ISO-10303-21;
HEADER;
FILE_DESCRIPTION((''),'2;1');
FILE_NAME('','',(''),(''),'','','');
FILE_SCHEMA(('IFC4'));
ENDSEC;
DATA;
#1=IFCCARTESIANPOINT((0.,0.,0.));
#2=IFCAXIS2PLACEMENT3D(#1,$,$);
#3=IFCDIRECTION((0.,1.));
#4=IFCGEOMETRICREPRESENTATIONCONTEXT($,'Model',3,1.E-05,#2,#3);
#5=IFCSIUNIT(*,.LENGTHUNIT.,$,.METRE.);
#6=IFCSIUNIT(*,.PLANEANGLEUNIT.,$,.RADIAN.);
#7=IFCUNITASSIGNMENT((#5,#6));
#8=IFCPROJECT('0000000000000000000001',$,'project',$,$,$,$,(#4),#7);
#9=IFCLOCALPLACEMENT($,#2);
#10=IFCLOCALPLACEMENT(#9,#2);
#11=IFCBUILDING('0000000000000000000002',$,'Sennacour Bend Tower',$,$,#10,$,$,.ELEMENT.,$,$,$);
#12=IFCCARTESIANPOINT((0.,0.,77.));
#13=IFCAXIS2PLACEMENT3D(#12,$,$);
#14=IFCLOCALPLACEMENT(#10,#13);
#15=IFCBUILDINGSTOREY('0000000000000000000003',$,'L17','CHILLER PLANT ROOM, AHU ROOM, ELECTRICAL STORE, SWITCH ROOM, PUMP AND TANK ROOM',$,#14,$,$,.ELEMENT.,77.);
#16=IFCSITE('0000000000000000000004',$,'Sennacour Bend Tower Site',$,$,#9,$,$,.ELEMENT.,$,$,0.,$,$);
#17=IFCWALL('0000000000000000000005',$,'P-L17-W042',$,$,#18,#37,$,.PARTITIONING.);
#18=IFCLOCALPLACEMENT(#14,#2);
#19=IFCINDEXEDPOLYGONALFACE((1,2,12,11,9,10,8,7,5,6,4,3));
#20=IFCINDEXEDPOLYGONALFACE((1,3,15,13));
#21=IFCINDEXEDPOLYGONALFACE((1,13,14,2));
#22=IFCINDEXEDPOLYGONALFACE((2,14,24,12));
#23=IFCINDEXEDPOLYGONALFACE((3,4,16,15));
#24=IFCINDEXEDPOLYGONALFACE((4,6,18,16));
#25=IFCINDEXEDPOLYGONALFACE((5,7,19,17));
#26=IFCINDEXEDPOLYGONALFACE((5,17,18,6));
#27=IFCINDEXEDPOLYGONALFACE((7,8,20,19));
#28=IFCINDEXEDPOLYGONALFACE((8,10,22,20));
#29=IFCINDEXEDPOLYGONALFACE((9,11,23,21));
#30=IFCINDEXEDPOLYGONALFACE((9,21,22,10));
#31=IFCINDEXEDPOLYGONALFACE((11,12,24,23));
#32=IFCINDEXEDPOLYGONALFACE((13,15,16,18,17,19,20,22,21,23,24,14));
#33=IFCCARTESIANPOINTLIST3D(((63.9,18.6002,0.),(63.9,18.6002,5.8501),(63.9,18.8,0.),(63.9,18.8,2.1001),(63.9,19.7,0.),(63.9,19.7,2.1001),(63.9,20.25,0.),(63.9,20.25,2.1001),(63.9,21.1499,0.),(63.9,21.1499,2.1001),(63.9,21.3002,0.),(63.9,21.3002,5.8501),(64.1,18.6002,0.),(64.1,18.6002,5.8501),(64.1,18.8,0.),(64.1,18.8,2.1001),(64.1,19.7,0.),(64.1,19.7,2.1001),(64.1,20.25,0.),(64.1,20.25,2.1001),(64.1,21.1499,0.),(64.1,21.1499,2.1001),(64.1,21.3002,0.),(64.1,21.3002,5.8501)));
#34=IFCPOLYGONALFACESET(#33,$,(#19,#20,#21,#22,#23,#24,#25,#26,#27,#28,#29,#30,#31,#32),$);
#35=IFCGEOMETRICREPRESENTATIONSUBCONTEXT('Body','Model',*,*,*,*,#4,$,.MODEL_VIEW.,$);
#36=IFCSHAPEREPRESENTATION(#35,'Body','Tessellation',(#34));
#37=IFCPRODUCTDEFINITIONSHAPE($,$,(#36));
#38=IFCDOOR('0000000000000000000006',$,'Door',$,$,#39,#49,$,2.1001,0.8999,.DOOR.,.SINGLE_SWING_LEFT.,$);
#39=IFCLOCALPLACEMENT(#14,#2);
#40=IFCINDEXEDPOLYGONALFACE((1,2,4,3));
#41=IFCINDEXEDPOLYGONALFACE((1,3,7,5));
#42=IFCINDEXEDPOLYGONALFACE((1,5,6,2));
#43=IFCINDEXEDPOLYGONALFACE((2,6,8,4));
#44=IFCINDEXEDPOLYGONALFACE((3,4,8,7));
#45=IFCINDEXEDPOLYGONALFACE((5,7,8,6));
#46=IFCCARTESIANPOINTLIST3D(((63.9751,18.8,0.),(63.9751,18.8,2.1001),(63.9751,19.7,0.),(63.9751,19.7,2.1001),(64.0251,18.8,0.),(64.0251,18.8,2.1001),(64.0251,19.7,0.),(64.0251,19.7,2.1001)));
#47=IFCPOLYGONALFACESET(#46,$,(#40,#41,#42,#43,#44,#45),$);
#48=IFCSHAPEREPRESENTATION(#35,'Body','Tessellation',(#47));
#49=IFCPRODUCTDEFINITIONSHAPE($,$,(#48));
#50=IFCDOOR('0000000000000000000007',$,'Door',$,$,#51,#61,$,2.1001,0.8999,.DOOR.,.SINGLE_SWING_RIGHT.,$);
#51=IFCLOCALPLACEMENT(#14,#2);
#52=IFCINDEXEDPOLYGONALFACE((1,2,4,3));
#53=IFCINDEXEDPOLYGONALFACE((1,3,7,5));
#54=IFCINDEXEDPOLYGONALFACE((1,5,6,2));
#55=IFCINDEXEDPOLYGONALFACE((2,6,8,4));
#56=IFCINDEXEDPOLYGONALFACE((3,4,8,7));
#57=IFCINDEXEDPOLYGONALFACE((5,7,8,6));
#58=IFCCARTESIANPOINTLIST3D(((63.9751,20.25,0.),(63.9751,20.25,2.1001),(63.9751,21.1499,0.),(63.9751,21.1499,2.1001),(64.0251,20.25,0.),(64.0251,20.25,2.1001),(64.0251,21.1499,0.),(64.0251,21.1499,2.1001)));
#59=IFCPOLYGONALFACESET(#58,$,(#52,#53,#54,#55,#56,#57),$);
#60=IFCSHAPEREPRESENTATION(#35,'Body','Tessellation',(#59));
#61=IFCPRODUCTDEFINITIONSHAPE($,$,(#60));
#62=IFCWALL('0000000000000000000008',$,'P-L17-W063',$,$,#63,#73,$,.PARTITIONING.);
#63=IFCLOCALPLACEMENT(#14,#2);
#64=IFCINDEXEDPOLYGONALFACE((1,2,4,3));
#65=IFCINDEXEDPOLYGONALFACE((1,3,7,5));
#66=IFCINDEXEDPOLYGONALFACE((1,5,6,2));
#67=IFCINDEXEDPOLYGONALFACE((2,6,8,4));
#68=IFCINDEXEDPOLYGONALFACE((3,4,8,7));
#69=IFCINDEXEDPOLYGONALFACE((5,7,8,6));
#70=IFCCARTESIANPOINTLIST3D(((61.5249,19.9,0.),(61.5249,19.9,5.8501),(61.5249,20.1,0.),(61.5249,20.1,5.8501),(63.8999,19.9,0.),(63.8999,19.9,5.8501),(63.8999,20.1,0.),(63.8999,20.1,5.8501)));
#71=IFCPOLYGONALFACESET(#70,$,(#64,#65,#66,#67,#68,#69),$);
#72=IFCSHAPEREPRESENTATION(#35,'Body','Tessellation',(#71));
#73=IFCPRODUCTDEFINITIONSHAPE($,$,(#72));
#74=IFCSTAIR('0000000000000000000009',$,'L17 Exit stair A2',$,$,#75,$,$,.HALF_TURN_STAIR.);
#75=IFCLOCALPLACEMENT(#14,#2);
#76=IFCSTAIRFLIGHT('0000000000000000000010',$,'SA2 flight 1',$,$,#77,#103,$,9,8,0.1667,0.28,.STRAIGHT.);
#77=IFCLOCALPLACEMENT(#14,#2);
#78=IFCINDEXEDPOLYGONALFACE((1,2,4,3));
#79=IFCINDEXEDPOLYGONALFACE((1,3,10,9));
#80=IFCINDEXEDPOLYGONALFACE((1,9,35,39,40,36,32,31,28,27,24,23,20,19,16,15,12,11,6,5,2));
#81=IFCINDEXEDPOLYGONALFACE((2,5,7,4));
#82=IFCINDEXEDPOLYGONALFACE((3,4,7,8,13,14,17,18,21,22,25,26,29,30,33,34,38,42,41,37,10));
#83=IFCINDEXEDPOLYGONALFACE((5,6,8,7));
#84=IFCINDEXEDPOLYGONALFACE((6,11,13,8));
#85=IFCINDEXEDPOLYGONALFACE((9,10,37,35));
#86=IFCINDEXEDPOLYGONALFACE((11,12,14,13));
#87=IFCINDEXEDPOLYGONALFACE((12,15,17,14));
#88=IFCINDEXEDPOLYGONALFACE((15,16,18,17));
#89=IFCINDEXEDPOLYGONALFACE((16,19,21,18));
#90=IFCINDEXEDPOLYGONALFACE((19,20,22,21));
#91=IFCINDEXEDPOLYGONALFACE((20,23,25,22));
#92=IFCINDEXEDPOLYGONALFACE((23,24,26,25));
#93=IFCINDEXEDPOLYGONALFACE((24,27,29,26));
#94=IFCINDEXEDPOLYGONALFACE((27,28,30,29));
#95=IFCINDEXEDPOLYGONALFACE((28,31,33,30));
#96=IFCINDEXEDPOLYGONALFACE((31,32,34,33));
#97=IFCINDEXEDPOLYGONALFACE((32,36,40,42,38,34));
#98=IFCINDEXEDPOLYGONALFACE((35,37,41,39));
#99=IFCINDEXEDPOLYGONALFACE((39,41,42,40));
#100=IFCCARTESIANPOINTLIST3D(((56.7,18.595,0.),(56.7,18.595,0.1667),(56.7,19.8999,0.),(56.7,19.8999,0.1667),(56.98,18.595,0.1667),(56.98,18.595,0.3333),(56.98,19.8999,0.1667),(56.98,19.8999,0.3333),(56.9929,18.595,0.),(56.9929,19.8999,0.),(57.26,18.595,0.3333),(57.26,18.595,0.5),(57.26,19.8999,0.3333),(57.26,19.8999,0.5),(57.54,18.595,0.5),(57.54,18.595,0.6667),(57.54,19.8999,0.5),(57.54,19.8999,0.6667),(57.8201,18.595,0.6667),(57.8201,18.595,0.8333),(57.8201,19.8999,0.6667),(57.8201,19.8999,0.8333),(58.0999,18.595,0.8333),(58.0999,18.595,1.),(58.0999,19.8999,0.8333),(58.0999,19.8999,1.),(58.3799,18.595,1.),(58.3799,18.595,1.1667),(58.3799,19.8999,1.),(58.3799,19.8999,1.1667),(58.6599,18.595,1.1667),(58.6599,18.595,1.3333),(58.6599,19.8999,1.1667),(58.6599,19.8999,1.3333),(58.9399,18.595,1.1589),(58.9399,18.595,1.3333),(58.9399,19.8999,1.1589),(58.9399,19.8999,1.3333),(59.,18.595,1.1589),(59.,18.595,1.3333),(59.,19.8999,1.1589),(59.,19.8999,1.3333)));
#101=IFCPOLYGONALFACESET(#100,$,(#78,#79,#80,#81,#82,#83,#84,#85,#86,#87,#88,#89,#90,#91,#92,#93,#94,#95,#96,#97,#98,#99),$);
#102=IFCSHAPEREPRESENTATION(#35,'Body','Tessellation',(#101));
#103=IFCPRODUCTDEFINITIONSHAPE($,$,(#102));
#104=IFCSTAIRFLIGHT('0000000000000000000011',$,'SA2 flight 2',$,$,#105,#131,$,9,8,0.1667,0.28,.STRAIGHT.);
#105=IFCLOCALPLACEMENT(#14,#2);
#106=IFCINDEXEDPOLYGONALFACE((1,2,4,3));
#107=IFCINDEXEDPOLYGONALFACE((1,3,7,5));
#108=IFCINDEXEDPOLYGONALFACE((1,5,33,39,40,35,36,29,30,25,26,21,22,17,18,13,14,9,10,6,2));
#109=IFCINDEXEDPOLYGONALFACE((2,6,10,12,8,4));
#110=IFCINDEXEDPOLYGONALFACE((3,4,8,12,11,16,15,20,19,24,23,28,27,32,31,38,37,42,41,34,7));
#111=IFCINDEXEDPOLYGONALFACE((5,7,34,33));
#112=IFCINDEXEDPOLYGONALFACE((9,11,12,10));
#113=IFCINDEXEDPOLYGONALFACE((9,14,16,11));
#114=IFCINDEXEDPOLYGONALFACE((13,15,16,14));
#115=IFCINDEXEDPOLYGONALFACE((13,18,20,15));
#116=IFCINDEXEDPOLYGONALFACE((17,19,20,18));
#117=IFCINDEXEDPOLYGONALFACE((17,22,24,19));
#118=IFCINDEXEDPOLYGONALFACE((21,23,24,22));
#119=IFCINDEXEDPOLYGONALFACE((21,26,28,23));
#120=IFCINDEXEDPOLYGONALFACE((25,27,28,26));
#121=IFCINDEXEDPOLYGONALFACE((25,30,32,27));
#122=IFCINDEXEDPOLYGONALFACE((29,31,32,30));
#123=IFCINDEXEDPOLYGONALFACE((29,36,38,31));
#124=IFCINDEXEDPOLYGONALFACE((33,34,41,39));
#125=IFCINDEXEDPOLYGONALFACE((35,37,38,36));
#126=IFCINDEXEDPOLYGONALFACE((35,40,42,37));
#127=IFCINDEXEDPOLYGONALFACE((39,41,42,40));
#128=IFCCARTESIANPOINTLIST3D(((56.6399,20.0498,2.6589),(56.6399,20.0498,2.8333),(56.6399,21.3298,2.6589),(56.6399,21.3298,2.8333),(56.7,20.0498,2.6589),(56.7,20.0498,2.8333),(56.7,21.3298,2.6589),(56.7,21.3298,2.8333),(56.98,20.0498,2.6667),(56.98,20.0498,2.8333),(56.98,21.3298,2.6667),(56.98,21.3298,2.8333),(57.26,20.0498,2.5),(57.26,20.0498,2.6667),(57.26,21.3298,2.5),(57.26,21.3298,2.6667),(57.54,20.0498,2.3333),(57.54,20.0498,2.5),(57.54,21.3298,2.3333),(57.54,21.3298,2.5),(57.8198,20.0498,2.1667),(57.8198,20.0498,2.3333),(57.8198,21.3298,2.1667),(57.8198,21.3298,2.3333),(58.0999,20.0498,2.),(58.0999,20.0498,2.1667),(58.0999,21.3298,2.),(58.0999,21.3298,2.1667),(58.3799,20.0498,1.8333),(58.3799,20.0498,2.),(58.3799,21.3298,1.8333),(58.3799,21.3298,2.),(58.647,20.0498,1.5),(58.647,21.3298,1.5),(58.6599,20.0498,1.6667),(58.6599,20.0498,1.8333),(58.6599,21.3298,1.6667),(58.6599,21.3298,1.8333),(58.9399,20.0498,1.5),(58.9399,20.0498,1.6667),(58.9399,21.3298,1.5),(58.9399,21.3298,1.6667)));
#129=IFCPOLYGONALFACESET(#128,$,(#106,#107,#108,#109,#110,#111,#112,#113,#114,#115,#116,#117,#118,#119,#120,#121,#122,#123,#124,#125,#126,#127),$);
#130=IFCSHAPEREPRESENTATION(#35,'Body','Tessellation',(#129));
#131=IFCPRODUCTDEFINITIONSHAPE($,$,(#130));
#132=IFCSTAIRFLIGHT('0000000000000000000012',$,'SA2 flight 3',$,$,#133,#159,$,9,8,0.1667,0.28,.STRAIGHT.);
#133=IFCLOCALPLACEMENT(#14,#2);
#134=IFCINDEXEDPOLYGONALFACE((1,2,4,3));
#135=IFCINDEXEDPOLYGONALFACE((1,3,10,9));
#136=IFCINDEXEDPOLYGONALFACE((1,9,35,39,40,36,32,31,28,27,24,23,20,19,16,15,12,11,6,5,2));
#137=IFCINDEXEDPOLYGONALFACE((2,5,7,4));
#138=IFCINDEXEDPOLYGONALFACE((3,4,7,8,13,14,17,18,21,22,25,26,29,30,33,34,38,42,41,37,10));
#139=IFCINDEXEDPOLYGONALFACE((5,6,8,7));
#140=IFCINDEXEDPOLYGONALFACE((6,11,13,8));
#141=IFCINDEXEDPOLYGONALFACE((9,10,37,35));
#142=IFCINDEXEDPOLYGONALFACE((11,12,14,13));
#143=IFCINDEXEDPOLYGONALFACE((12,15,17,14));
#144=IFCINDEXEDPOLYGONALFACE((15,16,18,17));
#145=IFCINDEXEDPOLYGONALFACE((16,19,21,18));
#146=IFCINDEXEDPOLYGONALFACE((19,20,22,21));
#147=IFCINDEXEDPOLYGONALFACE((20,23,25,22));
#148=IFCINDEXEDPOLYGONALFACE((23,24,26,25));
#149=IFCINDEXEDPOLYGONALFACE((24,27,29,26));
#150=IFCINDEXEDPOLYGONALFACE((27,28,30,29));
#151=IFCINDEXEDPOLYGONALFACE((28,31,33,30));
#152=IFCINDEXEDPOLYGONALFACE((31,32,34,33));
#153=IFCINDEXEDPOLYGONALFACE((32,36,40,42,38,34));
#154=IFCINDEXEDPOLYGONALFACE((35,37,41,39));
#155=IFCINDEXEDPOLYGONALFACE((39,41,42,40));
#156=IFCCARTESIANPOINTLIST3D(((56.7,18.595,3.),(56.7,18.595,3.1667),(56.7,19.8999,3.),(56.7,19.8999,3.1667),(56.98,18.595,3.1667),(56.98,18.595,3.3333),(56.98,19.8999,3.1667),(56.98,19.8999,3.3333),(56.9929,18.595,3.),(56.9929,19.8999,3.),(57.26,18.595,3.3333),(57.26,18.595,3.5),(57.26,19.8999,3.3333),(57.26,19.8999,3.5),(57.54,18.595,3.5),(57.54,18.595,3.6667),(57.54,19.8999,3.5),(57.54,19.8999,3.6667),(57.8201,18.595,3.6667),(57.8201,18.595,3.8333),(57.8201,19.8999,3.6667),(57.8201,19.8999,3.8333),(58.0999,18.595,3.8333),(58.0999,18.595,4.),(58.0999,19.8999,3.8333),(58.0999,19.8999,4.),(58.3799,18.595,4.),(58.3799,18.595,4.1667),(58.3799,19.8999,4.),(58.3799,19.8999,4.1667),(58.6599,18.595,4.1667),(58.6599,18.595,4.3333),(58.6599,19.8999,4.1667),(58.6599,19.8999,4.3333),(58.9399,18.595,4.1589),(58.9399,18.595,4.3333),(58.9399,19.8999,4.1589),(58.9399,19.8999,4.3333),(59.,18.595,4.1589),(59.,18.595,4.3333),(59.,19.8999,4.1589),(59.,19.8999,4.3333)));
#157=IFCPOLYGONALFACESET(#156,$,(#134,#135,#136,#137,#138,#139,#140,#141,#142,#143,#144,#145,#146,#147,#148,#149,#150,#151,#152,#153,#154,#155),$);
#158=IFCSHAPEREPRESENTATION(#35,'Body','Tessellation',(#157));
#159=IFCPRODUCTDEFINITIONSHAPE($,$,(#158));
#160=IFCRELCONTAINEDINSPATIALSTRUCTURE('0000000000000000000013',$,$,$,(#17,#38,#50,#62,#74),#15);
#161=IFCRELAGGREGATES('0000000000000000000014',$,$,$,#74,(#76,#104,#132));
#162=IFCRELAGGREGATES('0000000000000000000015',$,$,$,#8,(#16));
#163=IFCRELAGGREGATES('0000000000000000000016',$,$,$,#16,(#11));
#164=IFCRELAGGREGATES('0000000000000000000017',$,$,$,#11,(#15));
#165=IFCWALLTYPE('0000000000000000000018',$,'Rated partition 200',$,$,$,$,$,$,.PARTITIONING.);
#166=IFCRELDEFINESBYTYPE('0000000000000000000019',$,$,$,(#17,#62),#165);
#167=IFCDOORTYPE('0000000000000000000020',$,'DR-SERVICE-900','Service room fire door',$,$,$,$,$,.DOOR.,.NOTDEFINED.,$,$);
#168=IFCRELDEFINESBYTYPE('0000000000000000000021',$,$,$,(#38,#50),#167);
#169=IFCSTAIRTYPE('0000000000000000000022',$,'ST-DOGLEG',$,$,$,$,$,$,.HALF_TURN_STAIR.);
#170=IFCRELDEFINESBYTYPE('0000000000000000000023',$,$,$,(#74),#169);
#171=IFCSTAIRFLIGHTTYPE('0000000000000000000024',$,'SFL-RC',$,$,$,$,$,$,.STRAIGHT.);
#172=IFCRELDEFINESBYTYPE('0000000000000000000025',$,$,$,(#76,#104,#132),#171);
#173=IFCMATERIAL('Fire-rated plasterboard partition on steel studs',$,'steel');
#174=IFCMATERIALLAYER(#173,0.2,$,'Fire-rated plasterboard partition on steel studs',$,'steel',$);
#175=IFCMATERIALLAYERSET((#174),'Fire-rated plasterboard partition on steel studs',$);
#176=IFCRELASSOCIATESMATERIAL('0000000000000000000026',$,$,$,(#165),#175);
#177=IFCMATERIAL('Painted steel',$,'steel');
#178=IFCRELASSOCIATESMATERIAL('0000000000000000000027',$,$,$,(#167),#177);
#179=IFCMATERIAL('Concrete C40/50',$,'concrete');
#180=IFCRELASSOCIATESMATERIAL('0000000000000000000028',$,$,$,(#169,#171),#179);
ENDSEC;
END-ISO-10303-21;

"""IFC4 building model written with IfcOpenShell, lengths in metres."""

from ifc_helpers import new_model, si_unit, direction, frame, frame_2d, origin, place, context, subcontext, project, spatial, polyline, rectangle, outline, extrude, material, layer, layer_set, type_object, element, fill, aggregate, save


model = new_model("IFC4")

# Units and contexts
model_context = context("Model", 3, precision=1e-05, world=origin(), true_north=direction((0.0, 1.0)))
body_context = subcontext(model_context, "Body", "Model", "MODEL_VIEW")
ifc_project = project(units=[si_unit("LENGTHUNIT", "METRE"), si_unit("PLANEANGLEUNIT", "RADIAN")], contexts=[model_context])

# Site, building, storey
site_placement = place(None, origin())
site = spatial("IfcSite", under=ifc_project, at=site_placement, Name="Sennacour Bend Tower Site", CompositionType="ELEMENT", RefElevation=0.0)
building_placement = place(site_placement, origin())
building = spatial("IfcBuilding", under=site, at=building_placement, Name="Sennacour Bend Tower", CompositionType="ELEMENT")
storey_placement = place(building_placement, frame((0.0, 0.0, 77.0)))
storey = spatial("IfcBuildingStorey", under=building, at=storey_placement, Name="L17", Description="CHILLER PLANT ROOM, AHU ROOM, ELECTRICAL STORE, SWITCH ROOM, PUMP AND TANK ROOM", CompositionType="ELEMENT", Elevation=77.0)

# Wall, openings, doors
ifc_material_1 = material(Name="Fire-rated plasterboard partition on steel studs", Category="steel")
ifc_layer = layer(ifc_material_1, 0.2, Name="Fire-rated plasterboard partition on steel studs", Category="steel")
ifc_layer_set = layer_set([ifc_layer], Name="Fire-rated plasterboard partition on steel studs")
wall_type = type_object("IfcWallType", Name="Rated partition 200", PredefinedType="PARTITIONING", material=ifc_layer_set)
wall_1_placement = place(storey_placement, frame((64.0, 18.6001, 0.0), z_axis=(0.0, 0.0, 1.0), x_axis=(0.0, 1.0, 0.0)))
wall_1 = element("IfcWall", 1, at=wall_1_placement, inside=storey, type_object=wall_type, Name="P-L17-W042", PredefinedType="PARTITIONING", context=body_context, shape_type="SweptSolid", body=[
    extrude(rectangle(XDim=2.7, YDim=0.2, at=frame_2d((1.3501, 0.0))), origin(), (0.0, 0.0, 1.0), 5.8501),
])
opening_1_placement = place(wall_1_placement, frame((0.2, 0.0, 0.0)))
opening_1 = element("IfcOpeningElement", 2, at=opening_1_placement, cuts=wall_1, PredefinedType="OPENING", context=body_context, shape_type="SweptSolid", body=[
    extrude(rectangle(XDim=0.8999, YDim=2.1001, at=frame_2d((0.45, 1.05))), frame((0.0, 0.1099, 0.0), z_axis=(0.0, -1.0, 0.0), x_axis=(1.0, 0.0, 0.0)), (0.0, 0.0, 1.0), 0.22),
])
opening_2_placement = place(wall_1_placement, frame((1.6499, 0.0, 0.0)))
opening_2 = element("IfcOpeningElement", 3, at=opening_2_placement, cuts=wall_1, PredefinedType="OPENING", context=body_context, shape_type="SweptSolid", body=[
    extrude(rectangle(XDim=0.8999, YDim=2.1001, at=frame_2d((0.45, 1.05))), frame((0.0, 0.1099, 0.0), z_axis=(0.0, -1.0, 0.0), x_axis=(1.0, 0.0, 0.0)), (0.0, 0.0, 1.0), 0.22),
])
ifc_material_2 = material(Name="Painted steel", Category="steel")
door_type = type_object("IfcDoorType", Name="DR-SERVICE-900", Description="Service room fire door", OperationType="NOTDEFINED", PredefinedType="DOOR", material=ifc_material_2)
door_1_placement = place(opening_1_placement, origin())
door_1 = element("IfcDoor", 4, at=door_1_placement, inside=storey, type_object=door_type, Name="Door", OperationType="SINGLE_SWING_LEFT", OverallHeight=2.1001, OverallWidth=0.8999, PredefinedType="DOOR", context=body_context, shape_type="SweptSolid", body=[
    extrude(rectangle(XDim=0.8999, YDim=2.1001, at=frame_2d((0.45, 1.05))), frame((0.0, 0.0249, 0.0), z_axis=(0.0, -1.0, 0.0), x_axis=(1.0, 0.0, 0.0)), (0.0, 0.0, 1.0), 0.05),
])
fill(opening_1, door_1)
door_2_placement = place(opening_2_placement, origin())
door_2 = element("IfcDoor", 5, at=door_2_placement, inside=storey, type_object=door_type, Name="Door", OperationType="SINGLE_SWING_RIGHT", OverallHeight=2.1001, OverallWidth=0.8999, PredefinedType="DOOR", context=body_context, shape_type="SweptSolid", body=[
    extrude(rectangle(XDim=0.8999, YDim=2.1001, at=frame_2d((0.45, 1.05))), frame((0.0, 0.0249, 0.0), z_axis=(0.0, -1.0, 0.0), x_axis=(1.0, 0.0, 0.0)), (0.0, 0.0, 1.0), 0.05),
])
fill(opening_2, door_2)

# Wall
wall_2_placement = place(storey_placement, frame((61.5249, 20.0, 0.0), z_axis=(0.0, 0.0, 1.0), x_axis=(1.0, 0.0, 0.0)))
element("IfcWall", 6, at=wall_2_placement, inside=storey, type_object=wall_type, Name="P-L17-W063", PredefinedType="PARTITIONING", context=body_context, shape_type="SweptSolid", body=[
    extrude(rectangle(XDim=2.375, YDim=0.2, at=frame_2d((1.1875, 0.0))), origin(), (0.0, 0.0, 1.0), 5.8501),
])

# Stair, stair flights
ifc_material_3 = material(Name="Concrete C40/50", Category="concrete")
stair_type = type_object("IfcStairType", Name="ST-DOGLEG", PredefinedType="HALF_TURN_STAIR", material=ifc_material_3)
stair_placement = place(storey_placement, origin())
stair = element("IfcStair", 7, at=stair_placement, inside=storey, type_object=stair_type, Name="L17 Exit stair A2", PredefinedType="HALF_TURN_STAIR")
stair_flight_type = type_object("IfcStairFlightType", Name="SFL-RC", PredefinedType="STRAIGHT", material=ifc_material_3)
stair_flight_1_placement = place(storey_placement, frame((56.7, 19.2476, 0.0), z_axis=(0.0, 0.0, 1.0), x_axis=(1.0, 0.0, 0.0)))
stair_flight_1 = element("IfcStairFlight", 8, at=stair_flight_1_placement, type_object=stair_flight_type, Name="SA2 flight 1", NumberOfRisers=9, NumberOfTreads=8, PredefinedType="STRAIGHT", RiserHeight=0.1667, TreadLength=0.28, context=body_context, shape_type="SweptSolid", body=[
    extrude(outline(polyline([(0.0, 0.0), (0.0, 0.1667), (0.28, 0.1667), (0.28, 0.3333), (0.5601, 0.3333), (0.5601, 0.5), (0.8401, 0.5), (0.8401, 0.6667), (1.1201, 0.6667), (1.1201, 0.8333), (1.3999, 0.8333), (1.3999, 1.0), (1.6799, 1.0), (1.6799, 1.1667), (1.96, 1.1667), (1.96, 1.3333), (2.24, 1.3333), (2.3, 1.3333), (2.3, 1.1589), (2.24, 1.1589), (0.293, 0.0), (0.0, 0.0)])), frame((0.0, 0.6523, 0.0), z_axis=(0.0, -1.0, 0.0), x_axis=(1.0, 0.0, 0.0)), (0.0, 0.0, 1.0), 1.3049),
])
stair_flight_2_placement = place(storey_placement, frame((58.9399, 20.6899, 1.5), z_axis=(0.0, 0.0, 1.0), x_axis=(-1.0, 0.0, 0.0)))
stair_flight_2 = element("IfcStairFlight", 9, at=stair_flight_2_placement, type_object=stair_flight_type, Name="SA2 flight 2", NumberOfRisers=9, NumberOfTreads=8, PredefinedType="STRAIGHT", RiserHeight=0.1667, TreadLength=0.28, context=body_context, shape_type="SweptSolid", body=[
    extrude(outline(polyline([(0.0, 0.0), (0.0, 0.1667), (0.28, 0.1667), (0.28, 0.3333), (0.5601, 0.3333), (0.5601, 0.5), (0.8401, 0.5), (0.8401, 0.6667), (1.1201, 0.6667), (1.1201, 0.8333), (1.3999, 0.8333), (1.3999, 1.0), (1.6799, 1.0), (1.6799, 1.1667), (1.96, 1.1667), (1.96, 1.3333), (2.24, 1.3333), (2.3, 1.3333), (2.3, 1.1589), (2.24, 1.1589), (0.293, 0.0), (0.0, 0.0)])), frame((0.0, 0.6401, 0.0), z_axis=(0.0, -1.0, 0.0), x_axis=(1.0, 0.0, 0.0)), (0.0, 0.0, 1.0), 1.28),
])
stair_flight_3_placement = place(storey_placement, frame((56.7, 19.2476, 3.0), z_axis=(0.0, 0.0, 1.0), x_axis=(1.0, 0.0, 0.0)))
stair_flight_3 = element("IfcStairFlight", 10, at=stair_flight_3_placement, type_object=stair_flight_type, Name="SA2 flight 3", NumberOfRisers=9, NumberOfTreads=8, PredefinedType="STRAIGHT", RiserHeight=0.1667, TreadLength=0.28, context=body_context, shape_type="SweptSolid", body=[
    extrude(outline(polyline([(0.0, 0.0), (0.0, 0.1667), (0.28, 0.1667), (0.28, 0.3333), (0.5601, 0.3333), (0.5601, 0.5), (0.8401, 0.5), (0.8401, 0.6667), (1.1201, 0.6667), (1.1201, 0.8333), (1.3999, 0.8333), (1.3999, 1.0), (1.6799, 1.0), (1.6799, 1.1667), (1.96, 1.1667), (1.96, 1.3333), (2.24, 1.3333), (2.3, 1.3333), (2.3, 1.1589), (2.24, 1.1589), (0.293, 0.0), (0.0, 0.0)])), frame((0.0, 0.6523, 0.0), z_axis=(0.0, -1.0, 0.0), x_axis=(1.0, 0.0, 0.0)), (0.0, 0.0, 1.0), 1.3049),
])
aggregate(stair, [stair_flight_1, stair_flight_2, stair_flight_3])

save(model, "model.ifc")
